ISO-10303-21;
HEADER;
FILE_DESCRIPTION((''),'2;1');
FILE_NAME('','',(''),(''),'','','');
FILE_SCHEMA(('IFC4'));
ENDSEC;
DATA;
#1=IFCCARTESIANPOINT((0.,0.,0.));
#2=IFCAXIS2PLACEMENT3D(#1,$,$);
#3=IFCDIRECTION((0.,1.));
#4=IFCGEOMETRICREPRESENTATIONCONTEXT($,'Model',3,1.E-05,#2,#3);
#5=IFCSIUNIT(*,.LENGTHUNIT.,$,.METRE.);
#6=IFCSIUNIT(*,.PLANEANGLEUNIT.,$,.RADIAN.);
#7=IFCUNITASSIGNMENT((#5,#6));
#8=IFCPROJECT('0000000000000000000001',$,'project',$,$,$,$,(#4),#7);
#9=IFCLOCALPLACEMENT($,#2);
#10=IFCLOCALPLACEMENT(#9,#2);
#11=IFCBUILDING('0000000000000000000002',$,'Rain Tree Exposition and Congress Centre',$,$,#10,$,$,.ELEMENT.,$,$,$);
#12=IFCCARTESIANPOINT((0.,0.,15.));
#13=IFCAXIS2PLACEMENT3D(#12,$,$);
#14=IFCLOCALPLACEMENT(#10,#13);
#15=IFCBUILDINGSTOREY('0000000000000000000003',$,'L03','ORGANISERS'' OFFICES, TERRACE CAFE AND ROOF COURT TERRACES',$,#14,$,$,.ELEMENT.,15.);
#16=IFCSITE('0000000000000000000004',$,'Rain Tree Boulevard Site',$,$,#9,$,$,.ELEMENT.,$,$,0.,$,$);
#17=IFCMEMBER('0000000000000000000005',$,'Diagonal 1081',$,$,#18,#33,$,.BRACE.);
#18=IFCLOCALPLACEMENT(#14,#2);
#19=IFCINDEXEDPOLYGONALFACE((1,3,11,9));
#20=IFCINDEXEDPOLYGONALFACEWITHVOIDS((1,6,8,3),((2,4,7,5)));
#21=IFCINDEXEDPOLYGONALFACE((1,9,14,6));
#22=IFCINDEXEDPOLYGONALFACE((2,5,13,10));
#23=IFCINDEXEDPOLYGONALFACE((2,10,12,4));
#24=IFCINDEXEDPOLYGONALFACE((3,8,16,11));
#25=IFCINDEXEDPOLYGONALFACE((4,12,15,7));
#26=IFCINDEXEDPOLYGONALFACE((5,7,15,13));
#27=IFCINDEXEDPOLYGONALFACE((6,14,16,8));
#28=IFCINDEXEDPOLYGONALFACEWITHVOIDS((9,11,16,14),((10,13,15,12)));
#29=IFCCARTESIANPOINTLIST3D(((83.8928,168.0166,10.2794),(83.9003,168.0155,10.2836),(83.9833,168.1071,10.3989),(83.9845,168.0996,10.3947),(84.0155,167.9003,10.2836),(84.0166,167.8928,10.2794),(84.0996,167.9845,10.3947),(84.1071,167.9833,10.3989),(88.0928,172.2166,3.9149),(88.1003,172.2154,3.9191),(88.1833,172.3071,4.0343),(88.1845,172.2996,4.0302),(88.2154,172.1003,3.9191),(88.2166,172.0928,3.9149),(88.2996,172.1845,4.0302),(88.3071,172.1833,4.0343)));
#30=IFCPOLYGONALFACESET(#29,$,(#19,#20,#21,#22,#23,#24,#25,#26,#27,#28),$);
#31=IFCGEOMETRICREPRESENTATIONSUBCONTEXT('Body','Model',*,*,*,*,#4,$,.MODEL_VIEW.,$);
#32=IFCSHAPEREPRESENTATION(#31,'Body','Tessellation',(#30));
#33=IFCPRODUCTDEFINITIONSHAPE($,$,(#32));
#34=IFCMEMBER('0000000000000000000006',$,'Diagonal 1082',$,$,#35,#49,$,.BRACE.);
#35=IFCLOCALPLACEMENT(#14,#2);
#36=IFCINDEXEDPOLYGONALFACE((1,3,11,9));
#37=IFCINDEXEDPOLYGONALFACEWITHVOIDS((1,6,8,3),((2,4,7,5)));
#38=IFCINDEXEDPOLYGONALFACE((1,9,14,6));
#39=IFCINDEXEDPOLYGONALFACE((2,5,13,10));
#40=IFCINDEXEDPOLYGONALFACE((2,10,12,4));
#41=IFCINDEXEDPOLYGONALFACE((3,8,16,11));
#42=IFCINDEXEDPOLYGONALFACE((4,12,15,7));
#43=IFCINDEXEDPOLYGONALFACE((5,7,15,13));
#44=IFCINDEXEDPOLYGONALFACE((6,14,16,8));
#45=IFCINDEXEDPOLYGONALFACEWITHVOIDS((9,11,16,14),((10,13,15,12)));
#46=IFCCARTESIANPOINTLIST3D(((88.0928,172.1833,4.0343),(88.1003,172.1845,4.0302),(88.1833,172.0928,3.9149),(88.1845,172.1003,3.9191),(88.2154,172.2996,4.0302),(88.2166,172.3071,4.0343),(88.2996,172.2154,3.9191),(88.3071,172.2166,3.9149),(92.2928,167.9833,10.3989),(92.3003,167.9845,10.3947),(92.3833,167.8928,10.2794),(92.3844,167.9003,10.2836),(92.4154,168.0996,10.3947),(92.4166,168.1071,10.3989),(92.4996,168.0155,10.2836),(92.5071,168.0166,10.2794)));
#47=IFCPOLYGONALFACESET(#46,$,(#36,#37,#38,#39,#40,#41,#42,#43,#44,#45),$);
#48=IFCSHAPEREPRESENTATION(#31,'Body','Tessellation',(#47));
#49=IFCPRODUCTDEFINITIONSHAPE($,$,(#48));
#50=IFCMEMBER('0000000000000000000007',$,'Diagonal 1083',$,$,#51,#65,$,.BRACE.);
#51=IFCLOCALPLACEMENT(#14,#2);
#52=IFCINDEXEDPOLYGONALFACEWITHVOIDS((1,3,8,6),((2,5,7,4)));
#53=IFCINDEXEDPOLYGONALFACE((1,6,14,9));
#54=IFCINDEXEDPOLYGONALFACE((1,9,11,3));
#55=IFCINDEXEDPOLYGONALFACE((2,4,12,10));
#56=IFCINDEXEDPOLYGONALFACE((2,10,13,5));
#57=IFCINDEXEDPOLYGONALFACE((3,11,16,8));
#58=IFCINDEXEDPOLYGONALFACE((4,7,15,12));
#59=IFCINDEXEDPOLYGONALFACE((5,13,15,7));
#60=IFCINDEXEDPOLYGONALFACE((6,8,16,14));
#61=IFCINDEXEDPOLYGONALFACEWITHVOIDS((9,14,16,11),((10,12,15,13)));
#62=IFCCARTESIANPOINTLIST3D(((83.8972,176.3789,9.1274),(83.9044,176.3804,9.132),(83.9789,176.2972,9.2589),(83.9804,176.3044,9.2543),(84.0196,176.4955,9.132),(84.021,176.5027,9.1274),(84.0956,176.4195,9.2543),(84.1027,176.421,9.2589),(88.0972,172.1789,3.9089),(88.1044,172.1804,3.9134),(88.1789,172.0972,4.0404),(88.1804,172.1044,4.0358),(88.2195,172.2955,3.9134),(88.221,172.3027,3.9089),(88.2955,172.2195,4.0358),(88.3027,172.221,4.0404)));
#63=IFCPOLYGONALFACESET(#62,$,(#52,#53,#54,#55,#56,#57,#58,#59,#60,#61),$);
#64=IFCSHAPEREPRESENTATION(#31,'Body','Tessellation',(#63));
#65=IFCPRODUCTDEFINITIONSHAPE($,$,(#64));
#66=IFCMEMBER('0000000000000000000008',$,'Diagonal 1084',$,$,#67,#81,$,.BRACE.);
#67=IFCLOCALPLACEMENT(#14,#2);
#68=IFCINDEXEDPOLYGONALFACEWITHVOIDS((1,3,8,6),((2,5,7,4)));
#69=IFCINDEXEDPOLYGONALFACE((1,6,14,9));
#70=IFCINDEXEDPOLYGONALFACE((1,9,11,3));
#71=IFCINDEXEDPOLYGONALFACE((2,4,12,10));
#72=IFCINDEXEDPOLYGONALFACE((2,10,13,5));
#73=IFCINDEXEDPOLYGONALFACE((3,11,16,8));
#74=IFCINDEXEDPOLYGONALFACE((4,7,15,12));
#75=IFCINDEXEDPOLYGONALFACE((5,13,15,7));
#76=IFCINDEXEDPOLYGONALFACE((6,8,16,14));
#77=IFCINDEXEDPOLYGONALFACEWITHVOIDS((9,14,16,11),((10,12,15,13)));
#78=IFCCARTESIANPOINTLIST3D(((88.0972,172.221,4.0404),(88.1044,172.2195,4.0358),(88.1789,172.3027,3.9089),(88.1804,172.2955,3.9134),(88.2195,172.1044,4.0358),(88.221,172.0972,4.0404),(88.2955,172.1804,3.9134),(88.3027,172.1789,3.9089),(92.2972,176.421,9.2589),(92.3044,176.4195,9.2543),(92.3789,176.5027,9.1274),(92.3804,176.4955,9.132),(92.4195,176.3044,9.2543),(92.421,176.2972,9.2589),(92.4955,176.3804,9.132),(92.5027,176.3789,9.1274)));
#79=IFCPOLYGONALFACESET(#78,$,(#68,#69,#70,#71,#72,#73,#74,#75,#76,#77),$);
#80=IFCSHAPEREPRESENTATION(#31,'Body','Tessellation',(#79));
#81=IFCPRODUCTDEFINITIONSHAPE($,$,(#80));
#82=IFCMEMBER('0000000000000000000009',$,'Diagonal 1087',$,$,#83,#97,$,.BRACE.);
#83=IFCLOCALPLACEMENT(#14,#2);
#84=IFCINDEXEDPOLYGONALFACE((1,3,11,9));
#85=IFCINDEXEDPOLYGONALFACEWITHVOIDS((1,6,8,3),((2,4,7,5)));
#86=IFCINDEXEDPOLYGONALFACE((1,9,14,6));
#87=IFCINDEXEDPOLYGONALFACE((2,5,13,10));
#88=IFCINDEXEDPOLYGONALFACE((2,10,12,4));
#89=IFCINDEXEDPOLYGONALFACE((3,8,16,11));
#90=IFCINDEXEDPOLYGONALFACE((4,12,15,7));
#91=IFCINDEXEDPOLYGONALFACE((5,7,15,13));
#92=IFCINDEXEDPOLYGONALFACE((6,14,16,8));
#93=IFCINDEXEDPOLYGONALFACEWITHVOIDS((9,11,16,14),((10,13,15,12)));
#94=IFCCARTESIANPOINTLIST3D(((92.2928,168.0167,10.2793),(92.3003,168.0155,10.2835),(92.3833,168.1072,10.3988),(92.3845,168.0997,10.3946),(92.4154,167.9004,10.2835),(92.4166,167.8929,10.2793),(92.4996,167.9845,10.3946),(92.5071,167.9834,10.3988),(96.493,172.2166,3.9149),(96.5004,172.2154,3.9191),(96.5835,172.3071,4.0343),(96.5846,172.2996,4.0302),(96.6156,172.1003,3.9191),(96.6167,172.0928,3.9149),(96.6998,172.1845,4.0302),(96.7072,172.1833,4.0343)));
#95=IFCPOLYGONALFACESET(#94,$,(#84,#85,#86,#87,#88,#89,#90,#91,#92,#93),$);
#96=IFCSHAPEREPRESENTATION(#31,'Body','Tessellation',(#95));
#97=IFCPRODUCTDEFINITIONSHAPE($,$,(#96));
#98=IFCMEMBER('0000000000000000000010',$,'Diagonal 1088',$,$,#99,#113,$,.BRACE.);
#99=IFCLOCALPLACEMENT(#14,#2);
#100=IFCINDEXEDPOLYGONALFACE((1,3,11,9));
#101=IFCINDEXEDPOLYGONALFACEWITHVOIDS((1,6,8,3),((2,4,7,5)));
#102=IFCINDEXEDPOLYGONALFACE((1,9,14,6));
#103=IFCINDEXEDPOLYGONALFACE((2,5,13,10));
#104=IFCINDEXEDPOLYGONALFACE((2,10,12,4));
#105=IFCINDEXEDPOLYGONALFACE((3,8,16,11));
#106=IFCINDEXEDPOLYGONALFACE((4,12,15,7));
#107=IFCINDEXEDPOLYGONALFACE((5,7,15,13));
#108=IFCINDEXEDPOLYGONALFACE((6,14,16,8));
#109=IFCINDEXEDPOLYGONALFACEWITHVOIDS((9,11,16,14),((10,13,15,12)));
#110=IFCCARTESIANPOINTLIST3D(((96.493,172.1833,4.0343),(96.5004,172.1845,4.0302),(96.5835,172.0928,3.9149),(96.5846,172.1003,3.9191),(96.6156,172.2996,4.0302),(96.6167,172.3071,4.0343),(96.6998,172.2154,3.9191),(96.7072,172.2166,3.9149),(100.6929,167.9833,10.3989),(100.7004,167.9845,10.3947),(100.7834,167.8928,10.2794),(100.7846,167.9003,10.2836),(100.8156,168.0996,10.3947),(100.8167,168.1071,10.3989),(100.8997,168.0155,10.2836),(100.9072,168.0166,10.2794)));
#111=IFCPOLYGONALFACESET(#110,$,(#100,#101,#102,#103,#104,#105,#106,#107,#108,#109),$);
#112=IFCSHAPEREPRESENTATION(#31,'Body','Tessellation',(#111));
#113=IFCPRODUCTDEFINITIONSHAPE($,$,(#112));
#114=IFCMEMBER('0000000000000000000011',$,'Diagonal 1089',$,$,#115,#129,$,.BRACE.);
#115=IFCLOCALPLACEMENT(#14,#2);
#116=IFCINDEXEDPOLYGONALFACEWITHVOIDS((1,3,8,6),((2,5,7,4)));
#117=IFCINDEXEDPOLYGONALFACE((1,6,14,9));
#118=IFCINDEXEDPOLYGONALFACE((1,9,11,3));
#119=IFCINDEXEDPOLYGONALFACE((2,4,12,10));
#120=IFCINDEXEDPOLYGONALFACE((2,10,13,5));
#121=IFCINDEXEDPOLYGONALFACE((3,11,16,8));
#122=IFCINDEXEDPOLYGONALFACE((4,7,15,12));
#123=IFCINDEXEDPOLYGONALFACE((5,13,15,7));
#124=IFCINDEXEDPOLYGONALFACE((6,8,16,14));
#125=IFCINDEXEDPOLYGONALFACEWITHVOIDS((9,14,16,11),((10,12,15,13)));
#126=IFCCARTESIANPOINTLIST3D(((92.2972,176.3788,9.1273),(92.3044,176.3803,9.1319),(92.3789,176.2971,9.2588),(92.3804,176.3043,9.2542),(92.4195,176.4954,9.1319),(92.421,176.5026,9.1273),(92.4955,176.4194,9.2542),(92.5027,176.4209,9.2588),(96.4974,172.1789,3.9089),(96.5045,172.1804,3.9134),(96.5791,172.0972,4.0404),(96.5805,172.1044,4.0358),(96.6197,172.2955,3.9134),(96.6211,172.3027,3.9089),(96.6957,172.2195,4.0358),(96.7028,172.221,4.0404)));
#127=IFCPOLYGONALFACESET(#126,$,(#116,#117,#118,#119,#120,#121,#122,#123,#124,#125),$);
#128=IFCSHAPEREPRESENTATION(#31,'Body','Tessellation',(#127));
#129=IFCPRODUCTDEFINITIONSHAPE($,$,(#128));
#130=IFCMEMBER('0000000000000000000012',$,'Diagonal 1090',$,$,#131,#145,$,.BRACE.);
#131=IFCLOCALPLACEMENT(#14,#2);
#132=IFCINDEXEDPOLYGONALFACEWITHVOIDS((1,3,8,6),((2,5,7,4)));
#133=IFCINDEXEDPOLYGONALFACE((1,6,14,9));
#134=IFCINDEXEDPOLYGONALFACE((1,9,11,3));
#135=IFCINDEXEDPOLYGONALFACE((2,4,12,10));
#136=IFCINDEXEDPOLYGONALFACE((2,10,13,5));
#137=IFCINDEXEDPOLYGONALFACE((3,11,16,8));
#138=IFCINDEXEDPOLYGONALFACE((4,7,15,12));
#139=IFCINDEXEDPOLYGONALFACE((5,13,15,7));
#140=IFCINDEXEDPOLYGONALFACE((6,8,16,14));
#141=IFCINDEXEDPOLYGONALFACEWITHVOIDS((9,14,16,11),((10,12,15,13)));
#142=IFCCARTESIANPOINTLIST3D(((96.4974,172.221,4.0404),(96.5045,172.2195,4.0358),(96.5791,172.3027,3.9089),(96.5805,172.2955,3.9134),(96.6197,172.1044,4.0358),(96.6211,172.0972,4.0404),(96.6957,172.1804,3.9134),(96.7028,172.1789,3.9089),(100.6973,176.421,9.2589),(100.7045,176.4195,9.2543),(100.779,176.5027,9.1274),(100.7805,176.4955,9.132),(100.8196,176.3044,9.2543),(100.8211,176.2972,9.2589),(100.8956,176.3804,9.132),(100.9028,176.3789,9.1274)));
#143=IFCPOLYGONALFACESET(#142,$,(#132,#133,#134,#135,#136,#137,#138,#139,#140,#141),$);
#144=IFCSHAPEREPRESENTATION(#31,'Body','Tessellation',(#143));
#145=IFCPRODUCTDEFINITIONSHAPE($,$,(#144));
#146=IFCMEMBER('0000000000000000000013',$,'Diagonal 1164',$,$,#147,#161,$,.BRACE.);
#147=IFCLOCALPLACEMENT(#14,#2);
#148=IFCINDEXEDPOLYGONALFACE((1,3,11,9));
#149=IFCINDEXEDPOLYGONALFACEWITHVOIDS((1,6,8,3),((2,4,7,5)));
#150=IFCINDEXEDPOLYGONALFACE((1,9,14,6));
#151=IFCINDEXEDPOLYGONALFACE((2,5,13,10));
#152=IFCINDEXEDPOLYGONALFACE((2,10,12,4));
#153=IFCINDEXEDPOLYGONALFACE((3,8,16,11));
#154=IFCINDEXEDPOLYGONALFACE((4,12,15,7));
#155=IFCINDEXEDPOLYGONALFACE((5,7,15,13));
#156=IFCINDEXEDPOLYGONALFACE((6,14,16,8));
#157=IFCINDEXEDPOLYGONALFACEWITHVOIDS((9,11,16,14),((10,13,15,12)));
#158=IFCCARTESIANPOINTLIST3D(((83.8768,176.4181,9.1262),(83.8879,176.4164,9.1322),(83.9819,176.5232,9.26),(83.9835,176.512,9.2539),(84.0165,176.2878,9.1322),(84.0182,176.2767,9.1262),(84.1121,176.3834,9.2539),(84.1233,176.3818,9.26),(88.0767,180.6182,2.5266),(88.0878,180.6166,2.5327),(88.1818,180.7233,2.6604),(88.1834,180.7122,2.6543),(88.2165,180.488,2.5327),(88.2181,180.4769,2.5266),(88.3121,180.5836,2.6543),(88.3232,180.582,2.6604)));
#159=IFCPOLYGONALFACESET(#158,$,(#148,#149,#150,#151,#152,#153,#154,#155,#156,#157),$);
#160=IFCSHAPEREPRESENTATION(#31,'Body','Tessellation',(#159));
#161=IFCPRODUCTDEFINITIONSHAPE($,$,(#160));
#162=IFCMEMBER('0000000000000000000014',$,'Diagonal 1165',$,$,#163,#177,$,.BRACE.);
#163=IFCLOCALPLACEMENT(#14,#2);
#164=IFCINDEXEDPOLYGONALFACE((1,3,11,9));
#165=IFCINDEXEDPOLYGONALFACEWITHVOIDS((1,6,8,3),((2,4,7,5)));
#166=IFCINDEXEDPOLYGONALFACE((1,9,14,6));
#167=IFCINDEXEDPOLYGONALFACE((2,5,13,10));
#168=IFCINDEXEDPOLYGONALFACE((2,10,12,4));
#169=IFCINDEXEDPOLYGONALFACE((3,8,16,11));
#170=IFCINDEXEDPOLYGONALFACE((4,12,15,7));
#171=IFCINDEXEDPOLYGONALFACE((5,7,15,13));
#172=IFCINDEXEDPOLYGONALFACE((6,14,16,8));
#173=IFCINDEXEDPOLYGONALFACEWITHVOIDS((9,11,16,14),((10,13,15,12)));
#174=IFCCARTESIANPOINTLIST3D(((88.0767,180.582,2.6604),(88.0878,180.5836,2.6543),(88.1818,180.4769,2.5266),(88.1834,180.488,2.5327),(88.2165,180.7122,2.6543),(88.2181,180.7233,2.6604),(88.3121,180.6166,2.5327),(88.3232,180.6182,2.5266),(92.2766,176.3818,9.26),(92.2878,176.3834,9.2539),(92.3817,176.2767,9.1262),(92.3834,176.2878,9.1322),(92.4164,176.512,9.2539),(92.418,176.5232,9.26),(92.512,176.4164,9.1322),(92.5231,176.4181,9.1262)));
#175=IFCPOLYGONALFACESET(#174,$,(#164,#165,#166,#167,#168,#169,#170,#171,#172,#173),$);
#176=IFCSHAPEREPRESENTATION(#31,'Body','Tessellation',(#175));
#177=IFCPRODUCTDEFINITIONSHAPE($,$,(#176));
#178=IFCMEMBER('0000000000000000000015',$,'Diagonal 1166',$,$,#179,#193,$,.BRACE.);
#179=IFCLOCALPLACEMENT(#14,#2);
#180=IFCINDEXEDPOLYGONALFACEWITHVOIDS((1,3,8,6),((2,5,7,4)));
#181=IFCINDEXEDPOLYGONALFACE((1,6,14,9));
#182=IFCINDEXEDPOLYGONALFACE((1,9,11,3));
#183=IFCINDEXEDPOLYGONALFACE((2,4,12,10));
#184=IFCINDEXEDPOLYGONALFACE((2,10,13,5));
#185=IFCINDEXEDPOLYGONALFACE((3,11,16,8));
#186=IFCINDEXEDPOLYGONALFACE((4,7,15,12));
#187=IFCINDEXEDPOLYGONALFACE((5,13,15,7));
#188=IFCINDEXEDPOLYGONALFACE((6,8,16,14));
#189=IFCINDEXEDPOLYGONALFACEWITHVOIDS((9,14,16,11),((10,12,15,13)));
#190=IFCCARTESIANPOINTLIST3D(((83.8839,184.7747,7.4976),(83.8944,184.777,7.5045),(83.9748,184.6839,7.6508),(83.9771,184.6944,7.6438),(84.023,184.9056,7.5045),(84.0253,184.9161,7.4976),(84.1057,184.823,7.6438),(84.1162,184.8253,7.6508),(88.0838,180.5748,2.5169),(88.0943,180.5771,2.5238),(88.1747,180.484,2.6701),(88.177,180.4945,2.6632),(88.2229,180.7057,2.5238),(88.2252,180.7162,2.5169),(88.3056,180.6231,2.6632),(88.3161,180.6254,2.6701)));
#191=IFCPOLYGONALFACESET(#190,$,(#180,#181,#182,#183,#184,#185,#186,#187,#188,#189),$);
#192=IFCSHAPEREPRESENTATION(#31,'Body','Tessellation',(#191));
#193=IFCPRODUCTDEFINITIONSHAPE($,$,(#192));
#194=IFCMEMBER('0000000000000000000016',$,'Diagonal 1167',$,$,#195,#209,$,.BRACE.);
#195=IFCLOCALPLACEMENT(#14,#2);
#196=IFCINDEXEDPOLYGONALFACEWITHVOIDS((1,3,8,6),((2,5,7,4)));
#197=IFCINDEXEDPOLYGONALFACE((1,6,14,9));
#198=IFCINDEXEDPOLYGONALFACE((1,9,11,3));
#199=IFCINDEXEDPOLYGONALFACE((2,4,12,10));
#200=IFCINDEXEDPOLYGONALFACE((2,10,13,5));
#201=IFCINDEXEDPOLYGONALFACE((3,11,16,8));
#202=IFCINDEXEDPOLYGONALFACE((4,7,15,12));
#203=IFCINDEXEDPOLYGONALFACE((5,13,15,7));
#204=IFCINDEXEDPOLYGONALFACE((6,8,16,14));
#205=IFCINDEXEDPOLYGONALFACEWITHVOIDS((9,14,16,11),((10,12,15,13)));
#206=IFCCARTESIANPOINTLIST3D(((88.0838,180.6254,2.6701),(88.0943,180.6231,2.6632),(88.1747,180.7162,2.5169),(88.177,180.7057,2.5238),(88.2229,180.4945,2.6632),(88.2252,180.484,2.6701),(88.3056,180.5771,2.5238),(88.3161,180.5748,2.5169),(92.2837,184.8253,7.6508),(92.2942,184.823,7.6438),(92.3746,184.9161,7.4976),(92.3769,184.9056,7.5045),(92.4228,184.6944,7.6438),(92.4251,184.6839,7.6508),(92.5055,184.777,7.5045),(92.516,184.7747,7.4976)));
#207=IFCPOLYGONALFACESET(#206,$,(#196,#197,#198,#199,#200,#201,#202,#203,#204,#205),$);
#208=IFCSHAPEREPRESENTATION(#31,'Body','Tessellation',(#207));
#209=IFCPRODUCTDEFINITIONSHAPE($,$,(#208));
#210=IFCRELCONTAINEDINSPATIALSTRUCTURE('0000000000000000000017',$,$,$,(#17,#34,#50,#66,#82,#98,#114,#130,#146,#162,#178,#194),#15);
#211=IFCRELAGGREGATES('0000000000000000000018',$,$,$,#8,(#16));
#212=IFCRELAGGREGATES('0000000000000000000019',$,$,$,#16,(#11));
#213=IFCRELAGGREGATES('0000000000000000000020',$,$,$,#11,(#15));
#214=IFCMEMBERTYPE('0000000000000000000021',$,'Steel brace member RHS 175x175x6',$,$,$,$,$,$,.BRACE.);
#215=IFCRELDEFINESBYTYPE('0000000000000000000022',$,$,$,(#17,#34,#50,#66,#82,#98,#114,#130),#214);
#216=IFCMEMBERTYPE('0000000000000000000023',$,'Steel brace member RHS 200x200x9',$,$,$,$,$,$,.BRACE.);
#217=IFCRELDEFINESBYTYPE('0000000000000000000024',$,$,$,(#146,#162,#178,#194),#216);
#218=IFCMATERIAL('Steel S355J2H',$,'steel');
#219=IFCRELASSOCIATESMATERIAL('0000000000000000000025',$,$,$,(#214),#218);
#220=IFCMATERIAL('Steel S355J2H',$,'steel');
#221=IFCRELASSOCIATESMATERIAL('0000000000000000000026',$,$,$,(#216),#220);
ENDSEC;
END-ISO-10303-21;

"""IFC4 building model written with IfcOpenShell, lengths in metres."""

from ifc_helpers import new_model, si_unit, direction, frame, origin, origin_2d, place, context, subcontext, project, spatial, hollow_rectangle, extrude, material, material_profile, profile_set, type_object, element, save


model = new_model("IFC4")

# Units and contexts
model_context = context("Model", 3, precision=1e-05, world=origin(), true_north=direction((0.0, 1.0)))
body_context = subcontext(model_context, "Body", "Model", "MODEL_VIEW")
ifc_project = project(units=[si_unit("LENGTHUNIT", "METRE"), si_unit("PLANEANGLEUNIT", "RADIAN")], contexts=[model_context])

# Site, building, storey
site_placement = place(None, origin())
site = spatial("IfcSite", under=ifc_project, at=site_placement, Name="Rain Tree Boulevard Site", CompositionType="ELEMENT", RefElevation=0.0)
building_placement = place(site_placement, origin())
building = spatial("IfcBuilding", under=site, at=building_placement, Name="Rain Tree Exposition and Congress Centre", CompositionType="ELEMENT")
storey_placement = place(building_placement, frame((0.0, 0.0, 15.0)))
storey = spatial("IfcBuildingStorey", under=building, at=storey_placement, Name="L03", Description="ORGANISERS' OFFICES, TERRACE CAFE AND ROOF COURT TERRACES", CompositionType="ELEMENT", Elevation=15.0)

# Members
ifc_material_1 = material(Name="Steel S355J2H", Category="steel")
ifc_material_profile_1 = material_profile(ifc_material_1, hollow_rectangle(XDim=0.175, YDim=0.175, WallThickness=0.0061, at=origin_2d()), Name="RHS 175x175x6")
ifc_profile_set_1 = profile_set([ifc_material_profile_1], Name="Steel S355J2H")
member_type_1 = type_object("IfcMemberType", Name="Steel brace member RHS 175x175x6", PredefinedType="BRACE", material=ifc_profile_set_1)
for number, where, z_axis, x_axis, name in (
    (1, (88.2, 172.2, 3.9746), (-0.482447, -0.482447, 0.731088), (0.707107, -0.707107, 0.0), "Diagonal 1081"),
    (2, (88.2, 172.2, 3.9746), (0.482447, -0.482447, 0.731088), (0.707107, 0.707107, 0.0), "Diagonal 1082"),
):
    element("IfcMember", number, at=place(storey_placement, frame(where, z_axis=z_axis, x_axis=x_axis)), inside=storey, type_object=member_type_1, Name=name, PredefinedType="BRACE", context=body_context, shape_type="SweptSolid", body=[
        extrude(hollow_rectangle(XDim=0.175, YDim=0.175, WallThickness=0.0061, at=origin_2d()), origin(), (0.0, 0.0, 1.0), 8.7056),
    ])
for number, where, z_axis, x_axis, name in (
    (3, (88.2, 172.2, 3.9746), (-0.531206, 0.531206, 0.660031), (-0.707107, -0.707107, 0.0), "Diagonal 1083"),
    (4, (88.2, 172.2, 3.9746), (0.531206, 0.531206, 0.660031), (-0.707107, 0.707107, 0.0), "Diagonal 1084"),
):
    element("IfcMember", number, at=place(storey_placement, frame(where, z_axis=z_axis, x_axis=x_axis)), inside=storey, type_object=member_type_1, Name=name, PredefinedType="BRACE", context=body_context, shape_type="SweptSolid", body=[
        extrude(hollow_rectangle(XDim=0.175, YDim=0.175, WallThickness=0.0061, at=origin_2d()), origin(), (0.0, 0.0, 1.0), 7.9065),
    ])
for number, where, z_axis, x_axis, name in (
    (5, (96.6001, 172.2, 3.9746), (-0.482468, -0.48244, 0.731078), (0.707086, -0.707127, 0.0), "Diagonal 1087"),
    (6, (96.6001, 172.2, 3.9746), (0.482447, -0.482447, 0.731088), (0.707107, 0.707107, 0.0), "Diagonal 1088"),
):
    element("IfcMember", number, at=place(storey_placement, frame(where, z_axis=z_axis, x_axis=x_axis)), inside=storey, type_object=member_type_1, Name=name, PredefinedType="BRACE", context=body_context, shape_type="SweptSolid", body=[
        extrude(hollow_rectangle(XDim=0.175, YDim=0.175, WallThickness=0.0061, at=origin_2d()), origin(), (0.0, 0.0, 1.0), 8.7056),
    ])
for number, where, z_axis, x_axis, name in (
    (7, (96.6001, 172.2, 3.9746), (-0.531228, 0.531197, 0.66002), (-0.707086, -0.707127, 0.0), "Diagonal 1089"),
    (8, (96.6001, 172.2, 3.9746), (0.531206, 0.531206, 0.660031), (-0.707107, 0.707107, 0.0), "Diagonal 1090"),
):
    element("IfcMember", number, at=place(storey_placement, frame(where, z_axis=z_axis, x_axis=x_axis)), inside=storey, type_object=member_type_1, Name=name, PredefinedType="BRACE", context=body_context, shape_type="SweptSolid", body=[
        extrude(hollow_rectangle(XDim=0.175, YDim=0.175, WallThickness=0.0061, at=origin_2d()), origin(), (0.0, 0.0, 1.0), 7.9065),
    ])
ifc_material_2 = material(Name="Steel S355J2H", Category="steel")
ifc_material_profile_2 = material_profile(ifc_material_2, hollow_rectangle(XDim=0.2, YDim=0.2, WallThickness=0.009, at=origin_2d()), Name="RHS 200x200x9")
ifc_profile_set_2 = profile_set([ifc_material_profile_2], Name="Steel S355J2H")
member_type_2 = type_object("IfcMemberType", Name="Steel brace member RHS 200x200x9", PredefinedType="BRACE", material=ifc_profile_set_2)
for number, where, z_axis, x_axis, name in (
    (9, (88.2, 180.6001, 2.5935), (-0.473022, -0.47305, 0.743286), (0.707127, -0.707086, 0.0), "Diagonal 1164"),
    (10, (88.2, 180.6001, 2.5935), (0.473022, -0.47305, 0.743286), (0.707127, 0.707086, 0.0), "Diagonal 1165"),
):
    element("IfcMember", number, at=place(storey_placement, frame(where, z_axis=z_axis, x_axis=x_axis)), inside=storey, type_object=member_type_2, Name=name, PredefinedType="BRACE", context=body_context, shape_type="SweptSolid", body=[
        extrude(hollow_rectangle(XDim=0.2, YDim=0.2, WallThickness=0.009, at=origin_2d()), origin(), (0.0, 0.0, 1.0), 8.8789),
    ])
for number, where, z_axis, x_axis, name in (
    (11, (88.2, 180.6001, 2.5935), (-0.54182, 0.54182, 0.642543), (-0.707107, -0.707107, 0.0), "Diagonal 1166"),
    (12, (88.2, 180.6001, 2.5935), (0.54182, 0.54182, 0.642543), (-0.707107, 0.707107, 0.0), "Diagonal 1167"),
):
    element("IfcMember", number, at=place(storey_placement, frame(where, z_axis=z_axis, x_axis=x_axis)), inside=storey, type_object=member_type_2, Name=name, PredefinedType="BRACE", context=body_context, shape_type="SweptSolid", body=[
        extrude(hollow_rectangle(XDim=0.2, YDim=0.2, WallThickness=0.009, at=origin_2d()), origin(), (0.0, 0.0, 1.0), 7.7515),
    ])

save(model, "model.ifc")
